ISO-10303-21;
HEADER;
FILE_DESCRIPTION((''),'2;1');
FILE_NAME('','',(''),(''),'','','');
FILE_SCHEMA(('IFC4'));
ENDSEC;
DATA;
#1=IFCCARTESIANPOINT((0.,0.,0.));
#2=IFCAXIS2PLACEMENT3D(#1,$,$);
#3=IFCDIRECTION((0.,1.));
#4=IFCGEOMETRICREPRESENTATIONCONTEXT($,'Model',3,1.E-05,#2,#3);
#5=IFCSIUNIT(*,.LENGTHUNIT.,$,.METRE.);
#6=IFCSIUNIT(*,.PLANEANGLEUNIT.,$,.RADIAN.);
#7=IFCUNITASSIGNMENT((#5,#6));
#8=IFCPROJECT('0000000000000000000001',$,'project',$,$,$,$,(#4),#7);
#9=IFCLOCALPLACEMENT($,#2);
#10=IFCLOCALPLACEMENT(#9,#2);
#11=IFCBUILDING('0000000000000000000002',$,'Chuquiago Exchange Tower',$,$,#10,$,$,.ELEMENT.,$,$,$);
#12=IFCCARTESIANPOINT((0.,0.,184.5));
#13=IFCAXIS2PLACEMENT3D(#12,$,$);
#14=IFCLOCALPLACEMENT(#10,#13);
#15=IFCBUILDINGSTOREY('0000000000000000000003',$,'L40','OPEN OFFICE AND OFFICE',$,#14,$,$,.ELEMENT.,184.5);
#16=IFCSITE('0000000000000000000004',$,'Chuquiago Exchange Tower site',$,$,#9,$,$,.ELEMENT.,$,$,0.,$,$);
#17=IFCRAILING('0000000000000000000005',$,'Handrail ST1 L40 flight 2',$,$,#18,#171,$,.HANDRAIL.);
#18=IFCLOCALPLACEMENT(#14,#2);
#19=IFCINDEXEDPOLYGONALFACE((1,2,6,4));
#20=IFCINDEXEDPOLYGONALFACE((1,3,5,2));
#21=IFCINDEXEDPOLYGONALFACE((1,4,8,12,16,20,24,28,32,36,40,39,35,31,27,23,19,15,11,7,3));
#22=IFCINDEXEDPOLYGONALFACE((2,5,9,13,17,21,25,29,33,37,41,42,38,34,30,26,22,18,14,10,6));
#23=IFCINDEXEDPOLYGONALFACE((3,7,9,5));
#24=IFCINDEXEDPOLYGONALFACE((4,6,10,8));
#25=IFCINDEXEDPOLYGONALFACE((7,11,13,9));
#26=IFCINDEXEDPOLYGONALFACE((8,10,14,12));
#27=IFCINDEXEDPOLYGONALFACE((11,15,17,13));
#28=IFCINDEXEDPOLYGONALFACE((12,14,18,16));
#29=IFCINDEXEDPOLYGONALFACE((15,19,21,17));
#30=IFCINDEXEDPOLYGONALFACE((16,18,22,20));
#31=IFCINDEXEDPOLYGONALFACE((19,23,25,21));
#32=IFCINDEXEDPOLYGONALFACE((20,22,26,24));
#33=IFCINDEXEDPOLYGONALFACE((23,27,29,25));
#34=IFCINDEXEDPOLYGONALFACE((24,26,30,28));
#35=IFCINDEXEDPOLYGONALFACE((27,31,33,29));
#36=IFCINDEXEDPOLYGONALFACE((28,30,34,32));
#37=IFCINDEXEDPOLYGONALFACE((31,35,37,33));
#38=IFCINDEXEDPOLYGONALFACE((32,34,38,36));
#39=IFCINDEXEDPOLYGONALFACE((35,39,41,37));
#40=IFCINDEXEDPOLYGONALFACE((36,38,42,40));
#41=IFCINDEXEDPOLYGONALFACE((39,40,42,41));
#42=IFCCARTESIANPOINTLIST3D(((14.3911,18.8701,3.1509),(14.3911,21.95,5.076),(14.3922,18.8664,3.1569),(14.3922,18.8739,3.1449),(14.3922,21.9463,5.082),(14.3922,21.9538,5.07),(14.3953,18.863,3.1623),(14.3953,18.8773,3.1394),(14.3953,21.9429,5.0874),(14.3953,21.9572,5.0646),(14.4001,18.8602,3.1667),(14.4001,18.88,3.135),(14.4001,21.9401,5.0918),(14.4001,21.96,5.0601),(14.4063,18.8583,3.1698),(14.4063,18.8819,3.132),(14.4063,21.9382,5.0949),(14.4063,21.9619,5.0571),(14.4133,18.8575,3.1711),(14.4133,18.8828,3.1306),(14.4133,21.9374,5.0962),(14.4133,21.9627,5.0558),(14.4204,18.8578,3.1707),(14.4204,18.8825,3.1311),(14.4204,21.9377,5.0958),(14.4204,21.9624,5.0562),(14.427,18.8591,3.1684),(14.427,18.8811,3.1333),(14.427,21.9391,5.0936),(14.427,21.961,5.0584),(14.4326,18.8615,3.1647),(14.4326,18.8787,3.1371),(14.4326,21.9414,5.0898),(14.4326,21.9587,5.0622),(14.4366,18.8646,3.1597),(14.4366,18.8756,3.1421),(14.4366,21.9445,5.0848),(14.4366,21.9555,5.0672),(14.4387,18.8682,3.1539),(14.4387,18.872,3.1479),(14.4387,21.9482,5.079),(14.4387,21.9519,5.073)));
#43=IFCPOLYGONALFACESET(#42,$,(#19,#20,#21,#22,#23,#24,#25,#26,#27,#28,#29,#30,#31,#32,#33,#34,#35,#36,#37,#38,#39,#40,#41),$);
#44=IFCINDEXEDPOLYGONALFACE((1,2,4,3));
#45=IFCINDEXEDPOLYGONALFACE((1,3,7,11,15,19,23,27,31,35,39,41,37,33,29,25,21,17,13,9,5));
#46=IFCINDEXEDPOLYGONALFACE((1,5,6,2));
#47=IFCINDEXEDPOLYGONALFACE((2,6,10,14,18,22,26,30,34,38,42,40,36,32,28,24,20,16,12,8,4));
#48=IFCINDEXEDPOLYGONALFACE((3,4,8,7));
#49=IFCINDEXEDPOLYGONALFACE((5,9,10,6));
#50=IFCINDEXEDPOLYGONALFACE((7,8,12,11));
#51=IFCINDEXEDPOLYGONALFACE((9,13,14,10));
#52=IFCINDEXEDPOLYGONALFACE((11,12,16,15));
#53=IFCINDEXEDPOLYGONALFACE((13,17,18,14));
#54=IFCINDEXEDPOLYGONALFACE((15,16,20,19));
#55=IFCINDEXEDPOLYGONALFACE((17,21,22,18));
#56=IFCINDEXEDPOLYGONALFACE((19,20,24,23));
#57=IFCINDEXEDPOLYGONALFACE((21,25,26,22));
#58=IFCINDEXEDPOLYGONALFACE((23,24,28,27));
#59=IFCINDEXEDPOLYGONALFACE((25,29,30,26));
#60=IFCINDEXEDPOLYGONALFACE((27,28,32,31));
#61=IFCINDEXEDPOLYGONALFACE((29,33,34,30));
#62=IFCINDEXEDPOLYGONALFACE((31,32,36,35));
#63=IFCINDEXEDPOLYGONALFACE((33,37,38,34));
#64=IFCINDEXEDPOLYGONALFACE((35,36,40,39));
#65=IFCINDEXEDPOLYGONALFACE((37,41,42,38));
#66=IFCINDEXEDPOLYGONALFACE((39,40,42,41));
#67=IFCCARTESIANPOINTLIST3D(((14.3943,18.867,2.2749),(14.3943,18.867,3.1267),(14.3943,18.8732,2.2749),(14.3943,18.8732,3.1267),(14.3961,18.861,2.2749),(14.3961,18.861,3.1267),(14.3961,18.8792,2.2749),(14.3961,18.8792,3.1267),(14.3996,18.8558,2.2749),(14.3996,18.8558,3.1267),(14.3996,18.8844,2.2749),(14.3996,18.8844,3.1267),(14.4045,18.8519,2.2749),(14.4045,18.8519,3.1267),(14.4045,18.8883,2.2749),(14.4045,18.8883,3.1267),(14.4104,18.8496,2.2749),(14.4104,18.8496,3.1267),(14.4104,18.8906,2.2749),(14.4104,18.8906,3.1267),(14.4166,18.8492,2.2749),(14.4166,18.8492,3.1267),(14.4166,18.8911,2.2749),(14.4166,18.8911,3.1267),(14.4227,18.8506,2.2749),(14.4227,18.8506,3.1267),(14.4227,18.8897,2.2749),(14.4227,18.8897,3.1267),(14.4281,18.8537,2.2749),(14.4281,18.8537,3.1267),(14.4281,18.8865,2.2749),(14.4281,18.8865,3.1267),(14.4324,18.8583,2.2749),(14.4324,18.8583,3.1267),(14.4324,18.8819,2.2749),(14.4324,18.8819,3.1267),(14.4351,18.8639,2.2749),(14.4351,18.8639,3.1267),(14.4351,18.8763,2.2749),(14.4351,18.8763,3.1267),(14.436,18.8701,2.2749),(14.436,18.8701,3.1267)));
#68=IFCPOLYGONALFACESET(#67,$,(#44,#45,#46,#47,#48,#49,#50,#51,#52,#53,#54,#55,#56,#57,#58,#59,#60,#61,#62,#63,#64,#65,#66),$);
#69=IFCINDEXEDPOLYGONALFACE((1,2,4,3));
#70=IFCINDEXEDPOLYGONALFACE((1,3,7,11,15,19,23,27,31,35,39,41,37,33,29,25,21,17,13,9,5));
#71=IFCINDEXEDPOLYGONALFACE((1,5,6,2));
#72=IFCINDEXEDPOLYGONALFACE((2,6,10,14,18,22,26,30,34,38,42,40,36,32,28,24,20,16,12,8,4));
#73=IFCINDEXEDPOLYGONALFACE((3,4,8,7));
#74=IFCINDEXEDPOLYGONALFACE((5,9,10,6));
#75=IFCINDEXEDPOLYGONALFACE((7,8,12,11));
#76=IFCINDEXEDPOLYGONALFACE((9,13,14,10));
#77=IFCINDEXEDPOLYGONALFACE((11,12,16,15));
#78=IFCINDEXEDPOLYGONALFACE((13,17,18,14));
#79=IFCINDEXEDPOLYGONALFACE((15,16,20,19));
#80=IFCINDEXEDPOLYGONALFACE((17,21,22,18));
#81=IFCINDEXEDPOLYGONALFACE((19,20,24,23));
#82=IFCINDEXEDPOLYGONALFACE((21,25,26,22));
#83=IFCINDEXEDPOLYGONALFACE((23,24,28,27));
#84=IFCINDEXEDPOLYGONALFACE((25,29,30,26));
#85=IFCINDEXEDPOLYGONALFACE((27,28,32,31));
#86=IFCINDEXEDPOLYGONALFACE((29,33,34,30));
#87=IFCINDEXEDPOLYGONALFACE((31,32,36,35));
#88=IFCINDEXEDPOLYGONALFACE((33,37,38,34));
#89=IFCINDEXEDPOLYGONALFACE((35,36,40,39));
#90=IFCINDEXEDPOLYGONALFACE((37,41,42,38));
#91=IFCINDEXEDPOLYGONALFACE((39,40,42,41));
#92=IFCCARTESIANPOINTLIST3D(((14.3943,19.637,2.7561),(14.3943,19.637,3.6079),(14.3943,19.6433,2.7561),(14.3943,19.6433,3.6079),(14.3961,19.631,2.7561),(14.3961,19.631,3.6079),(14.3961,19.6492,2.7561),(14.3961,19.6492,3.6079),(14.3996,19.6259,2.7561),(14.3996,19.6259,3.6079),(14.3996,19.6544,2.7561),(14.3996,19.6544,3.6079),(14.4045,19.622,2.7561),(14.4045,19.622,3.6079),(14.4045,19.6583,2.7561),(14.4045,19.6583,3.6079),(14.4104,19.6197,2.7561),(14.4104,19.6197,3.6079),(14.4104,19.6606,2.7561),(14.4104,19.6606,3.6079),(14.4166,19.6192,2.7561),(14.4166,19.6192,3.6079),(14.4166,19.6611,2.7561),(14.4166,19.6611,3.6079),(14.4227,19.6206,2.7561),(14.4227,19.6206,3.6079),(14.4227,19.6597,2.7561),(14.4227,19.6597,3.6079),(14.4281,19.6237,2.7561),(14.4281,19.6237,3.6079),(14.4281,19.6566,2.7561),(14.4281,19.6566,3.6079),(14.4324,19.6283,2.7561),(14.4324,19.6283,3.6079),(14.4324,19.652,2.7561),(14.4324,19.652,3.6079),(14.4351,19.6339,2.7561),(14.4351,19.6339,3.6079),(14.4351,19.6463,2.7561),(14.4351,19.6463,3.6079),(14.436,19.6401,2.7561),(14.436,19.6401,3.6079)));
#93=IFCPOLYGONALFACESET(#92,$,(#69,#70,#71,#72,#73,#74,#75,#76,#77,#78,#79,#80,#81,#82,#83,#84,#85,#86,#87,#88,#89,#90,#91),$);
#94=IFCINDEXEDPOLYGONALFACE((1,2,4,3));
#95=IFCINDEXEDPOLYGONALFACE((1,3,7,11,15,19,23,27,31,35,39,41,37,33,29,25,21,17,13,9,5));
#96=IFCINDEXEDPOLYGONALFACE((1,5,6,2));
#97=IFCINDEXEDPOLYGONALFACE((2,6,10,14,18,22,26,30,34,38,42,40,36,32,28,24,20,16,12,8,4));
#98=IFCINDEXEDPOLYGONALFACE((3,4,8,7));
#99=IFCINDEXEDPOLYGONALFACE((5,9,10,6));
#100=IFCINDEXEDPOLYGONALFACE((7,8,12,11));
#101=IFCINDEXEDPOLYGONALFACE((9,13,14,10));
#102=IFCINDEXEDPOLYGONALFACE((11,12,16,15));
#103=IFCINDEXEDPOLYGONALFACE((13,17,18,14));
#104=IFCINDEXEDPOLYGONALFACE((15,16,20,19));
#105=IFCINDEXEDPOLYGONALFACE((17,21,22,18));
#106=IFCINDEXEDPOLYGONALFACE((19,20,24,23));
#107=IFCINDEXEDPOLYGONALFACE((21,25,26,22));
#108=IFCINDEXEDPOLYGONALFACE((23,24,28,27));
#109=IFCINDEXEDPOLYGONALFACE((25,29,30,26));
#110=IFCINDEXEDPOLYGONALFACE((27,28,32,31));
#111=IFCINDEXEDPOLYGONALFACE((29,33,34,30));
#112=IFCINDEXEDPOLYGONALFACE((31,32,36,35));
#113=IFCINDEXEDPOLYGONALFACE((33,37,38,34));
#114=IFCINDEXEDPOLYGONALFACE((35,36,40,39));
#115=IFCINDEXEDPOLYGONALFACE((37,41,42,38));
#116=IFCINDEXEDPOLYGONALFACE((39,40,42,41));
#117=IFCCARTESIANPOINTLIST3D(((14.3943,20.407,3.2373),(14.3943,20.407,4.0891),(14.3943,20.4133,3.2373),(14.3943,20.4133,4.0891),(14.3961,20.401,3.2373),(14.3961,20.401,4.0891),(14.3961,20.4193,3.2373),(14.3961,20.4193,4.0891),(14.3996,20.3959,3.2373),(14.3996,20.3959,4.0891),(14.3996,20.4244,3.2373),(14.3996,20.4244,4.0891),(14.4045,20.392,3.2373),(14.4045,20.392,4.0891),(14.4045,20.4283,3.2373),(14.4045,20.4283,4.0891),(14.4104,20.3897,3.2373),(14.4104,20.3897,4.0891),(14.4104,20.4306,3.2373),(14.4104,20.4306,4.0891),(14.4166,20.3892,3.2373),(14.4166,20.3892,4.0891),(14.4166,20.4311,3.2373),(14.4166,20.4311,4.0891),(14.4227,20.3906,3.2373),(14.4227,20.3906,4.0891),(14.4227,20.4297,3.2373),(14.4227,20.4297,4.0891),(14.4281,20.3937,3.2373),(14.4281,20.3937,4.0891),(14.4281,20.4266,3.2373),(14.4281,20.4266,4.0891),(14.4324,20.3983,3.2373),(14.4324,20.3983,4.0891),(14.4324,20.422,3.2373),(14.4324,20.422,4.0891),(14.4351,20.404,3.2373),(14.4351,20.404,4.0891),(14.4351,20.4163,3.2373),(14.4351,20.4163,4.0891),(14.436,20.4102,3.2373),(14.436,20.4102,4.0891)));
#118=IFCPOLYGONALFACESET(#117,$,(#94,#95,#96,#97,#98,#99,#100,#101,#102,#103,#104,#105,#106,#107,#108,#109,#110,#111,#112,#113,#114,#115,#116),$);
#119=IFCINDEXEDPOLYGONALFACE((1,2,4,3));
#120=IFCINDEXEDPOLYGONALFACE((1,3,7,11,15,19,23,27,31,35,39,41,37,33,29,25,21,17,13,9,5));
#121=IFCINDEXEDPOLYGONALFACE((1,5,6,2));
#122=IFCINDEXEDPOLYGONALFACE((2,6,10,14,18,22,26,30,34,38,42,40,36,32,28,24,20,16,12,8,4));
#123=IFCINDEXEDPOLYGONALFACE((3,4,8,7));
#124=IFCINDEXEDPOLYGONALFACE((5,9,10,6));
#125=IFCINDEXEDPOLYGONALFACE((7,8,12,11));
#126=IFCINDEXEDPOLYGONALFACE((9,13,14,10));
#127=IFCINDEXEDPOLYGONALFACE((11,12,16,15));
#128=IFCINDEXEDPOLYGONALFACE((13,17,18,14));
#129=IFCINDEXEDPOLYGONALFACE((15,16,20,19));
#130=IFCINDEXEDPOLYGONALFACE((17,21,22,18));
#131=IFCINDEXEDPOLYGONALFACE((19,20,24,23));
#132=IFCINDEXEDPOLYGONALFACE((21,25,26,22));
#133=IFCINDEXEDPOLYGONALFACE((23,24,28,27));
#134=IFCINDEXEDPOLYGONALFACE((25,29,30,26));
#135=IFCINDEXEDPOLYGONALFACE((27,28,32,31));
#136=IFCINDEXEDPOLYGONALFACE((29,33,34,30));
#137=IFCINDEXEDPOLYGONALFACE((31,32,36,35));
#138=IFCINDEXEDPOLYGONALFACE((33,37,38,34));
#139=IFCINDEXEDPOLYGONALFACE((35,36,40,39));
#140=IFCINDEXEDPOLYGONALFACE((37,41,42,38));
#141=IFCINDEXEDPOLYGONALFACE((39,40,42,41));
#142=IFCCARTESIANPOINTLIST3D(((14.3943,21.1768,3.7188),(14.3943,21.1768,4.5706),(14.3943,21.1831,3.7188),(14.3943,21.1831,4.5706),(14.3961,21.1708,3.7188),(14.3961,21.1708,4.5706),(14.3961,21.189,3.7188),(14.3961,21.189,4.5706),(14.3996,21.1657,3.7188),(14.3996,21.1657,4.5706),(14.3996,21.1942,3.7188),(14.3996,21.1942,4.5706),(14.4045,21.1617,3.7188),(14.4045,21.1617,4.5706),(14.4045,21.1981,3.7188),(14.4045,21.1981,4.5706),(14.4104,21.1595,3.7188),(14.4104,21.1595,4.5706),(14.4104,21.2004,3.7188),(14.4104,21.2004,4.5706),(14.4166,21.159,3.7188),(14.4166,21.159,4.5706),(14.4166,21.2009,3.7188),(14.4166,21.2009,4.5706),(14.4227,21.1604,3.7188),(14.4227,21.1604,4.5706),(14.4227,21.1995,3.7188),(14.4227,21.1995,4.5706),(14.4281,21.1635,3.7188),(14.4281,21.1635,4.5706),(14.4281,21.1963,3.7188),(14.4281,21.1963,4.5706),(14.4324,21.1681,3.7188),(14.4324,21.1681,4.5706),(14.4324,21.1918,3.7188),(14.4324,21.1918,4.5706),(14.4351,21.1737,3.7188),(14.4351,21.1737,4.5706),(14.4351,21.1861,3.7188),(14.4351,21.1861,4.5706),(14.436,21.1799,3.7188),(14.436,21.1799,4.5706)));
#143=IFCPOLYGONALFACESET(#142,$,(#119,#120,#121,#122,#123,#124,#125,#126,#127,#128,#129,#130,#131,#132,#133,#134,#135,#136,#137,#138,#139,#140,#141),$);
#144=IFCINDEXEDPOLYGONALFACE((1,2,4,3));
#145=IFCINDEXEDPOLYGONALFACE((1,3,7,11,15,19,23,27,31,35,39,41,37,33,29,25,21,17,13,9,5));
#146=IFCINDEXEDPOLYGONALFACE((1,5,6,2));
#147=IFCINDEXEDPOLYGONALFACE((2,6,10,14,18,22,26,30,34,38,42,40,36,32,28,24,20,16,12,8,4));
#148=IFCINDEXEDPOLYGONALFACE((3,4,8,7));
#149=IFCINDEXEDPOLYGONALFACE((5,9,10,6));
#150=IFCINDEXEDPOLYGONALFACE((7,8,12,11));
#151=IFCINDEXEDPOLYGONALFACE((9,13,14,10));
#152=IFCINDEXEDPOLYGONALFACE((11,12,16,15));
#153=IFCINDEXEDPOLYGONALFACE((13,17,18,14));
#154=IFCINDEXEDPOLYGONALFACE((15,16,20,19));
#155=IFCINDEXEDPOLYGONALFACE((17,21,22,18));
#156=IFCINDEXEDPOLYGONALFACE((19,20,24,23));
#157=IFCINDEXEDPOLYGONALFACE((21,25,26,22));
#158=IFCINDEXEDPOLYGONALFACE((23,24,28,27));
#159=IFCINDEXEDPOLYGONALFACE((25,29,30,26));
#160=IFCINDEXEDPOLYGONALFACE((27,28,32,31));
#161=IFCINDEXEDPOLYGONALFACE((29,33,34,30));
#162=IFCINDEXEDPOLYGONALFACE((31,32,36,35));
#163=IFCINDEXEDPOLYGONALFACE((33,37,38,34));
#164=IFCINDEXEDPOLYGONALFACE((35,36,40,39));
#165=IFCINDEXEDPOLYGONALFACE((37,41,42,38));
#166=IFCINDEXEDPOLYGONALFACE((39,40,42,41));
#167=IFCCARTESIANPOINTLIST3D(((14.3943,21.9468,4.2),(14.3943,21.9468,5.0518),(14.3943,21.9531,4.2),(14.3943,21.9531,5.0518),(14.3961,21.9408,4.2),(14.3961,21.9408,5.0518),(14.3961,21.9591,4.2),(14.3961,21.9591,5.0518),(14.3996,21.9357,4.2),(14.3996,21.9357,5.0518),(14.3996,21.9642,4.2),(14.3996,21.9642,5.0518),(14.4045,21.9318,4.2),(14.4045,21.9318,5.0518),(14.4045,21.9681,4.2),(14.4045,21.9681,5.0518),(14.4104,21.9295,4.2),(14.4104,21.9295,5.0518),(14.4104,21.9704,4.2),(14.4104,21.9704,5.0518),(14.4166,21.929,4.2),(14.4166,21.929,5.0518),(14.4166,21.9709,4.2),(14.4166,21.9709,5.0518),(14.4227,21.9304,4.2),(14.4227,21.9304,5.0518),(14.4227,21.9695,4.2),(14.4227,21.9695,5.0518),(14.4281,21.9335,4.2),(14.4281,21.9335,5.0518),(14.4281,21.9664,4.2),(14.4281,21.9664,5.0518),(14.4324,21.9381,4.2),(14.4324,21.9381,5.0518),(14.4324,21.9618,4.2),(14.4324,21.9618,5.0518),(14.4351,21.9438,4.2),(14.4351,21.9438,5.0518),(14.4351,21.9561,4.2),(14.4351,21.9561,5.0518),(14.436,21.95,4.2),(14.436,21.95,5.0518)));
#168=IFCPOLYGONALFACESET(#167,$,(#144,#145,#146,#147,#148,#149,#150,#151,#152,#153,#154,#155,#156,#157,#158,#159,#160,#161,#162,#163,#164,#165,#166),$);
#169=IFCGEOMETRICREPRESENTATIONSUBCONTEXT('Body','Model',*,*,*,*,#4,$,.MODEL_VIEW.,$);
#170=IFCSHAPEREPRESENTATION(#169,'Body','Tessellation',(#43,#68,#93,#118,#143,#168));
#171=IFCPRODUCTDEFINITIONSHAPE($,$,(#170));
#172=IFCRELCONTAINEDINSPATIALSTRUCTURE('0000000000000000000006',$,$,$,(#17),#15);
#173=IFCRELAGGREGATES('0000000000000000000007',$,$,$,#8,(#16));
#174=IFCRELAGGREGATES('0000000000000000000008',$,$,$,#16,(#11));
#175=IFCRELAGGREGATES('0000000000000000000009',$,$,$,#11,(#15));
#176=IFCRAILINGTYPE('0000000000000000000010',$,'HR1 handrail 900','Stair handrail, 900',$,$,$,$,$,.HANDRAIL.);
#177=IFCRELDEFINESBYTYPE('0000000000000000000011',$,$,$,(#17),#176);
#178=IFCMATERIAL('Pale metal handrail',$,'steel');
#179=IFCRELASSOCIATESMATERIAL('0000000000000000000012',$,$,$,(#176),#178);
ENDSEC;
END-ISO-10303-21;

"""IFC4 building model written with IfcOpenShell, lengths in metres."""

from ifc_helpers import new_model, si_unit, direction, frame, origin, origin_2d, place, context, subcontext, project, spatial, circle, extrude, material, type_object, element, save


model = new_model("IFC4")

# Units and contexts
model_context = context("Model", 3, precision=1e-05, world=origin(), true_north=direction((0.0, 1.0)))
body_context = subcontext(model_context, "Body", "Model", "MODEL_VIEW")
ifc_project = project(units=[si_unit("LENGTHUNIT", "METRE"), si_unit("PLANEANGLEUNIT", "RADIAN")], contexts=[model_context])

# Site, building, storey
site_placement = place(None, origin())
site = spatial("IfcSite", under=ifc_project, at=site_placement, Name="Chuquiago Exchange Tower site", CompositionType="ELEMENT", RefElevation=0.0)
building_placement = place(site_placement, origin())
building = spatial("IfcBuilding", under=site, at=building_placement, Name="Chuquiago Exchange Tower", CompositionType="ELEMENT")
storey_placement = place(building_placement, frame((0.0, 0.0, 184.5)))
storey = spatial("IfcBuildingStorey", under=building, at=storey_placement, Name="L40", Description="OPEN OFFICE AND OFFICE", CompositionType="ELEMENT", Elevation=184.5)

# Railing
ifc_material_1 = material(Name="Pale metal handrail", Category="steel")
railing_type_1 = type_object("IfcRailingType", Name="HR1 handrail 900", Description="Stair handrail, 900", PredefinedType="HANDRAIL", material=ifc_material_1)
for number, where, name in (
    (1, (14.415, 18.8701, 2.2749), "Handrail ST1 L40 flight 2"),
):
    element("IfcRailing", number, at=place(storey_placement, frame(where)), inside=storey, type_object=railing_type_1, Name=name, PredefinedType="HANDRAIL", context=body_context, shape_type="SweptSolid", body=[
        extrude(circle(Radius=0.0239, at=origin_2d()), frame((0.0, 0.0, 0.876), z_axis=(0.0, 0.847979, 0.530029), x_axis=(-1.0, 0.0, 0.0)), (0.0, 0.0, 1.0), 3.6321),
        extrude(circle(Radius=0.021, at=origin_2d()), origin(), (0.0, 0.0, 1.0), 0.8518),
        extrude(circle(Radius=0.021, at=origin_2d()), frame((0.0, 0.77, 0.4812)), (0.0, 0.0, 1.0), 0.8518),
        extrude(circle(Radius=0.021, at=origin_2d()), frame((0.0, 1.54, 0.9624)), (0.0, 0.0, 1.0), 0.8518),
        extrude(circle(Radius=0.021, at=origin_2d()), frame((0.0, 2.3098, 1.4438)), (0.0, 0.0, 1.0), 0.8518),
        extrude(circle(Radius=0.021, at=origin_2d()), frame((0.0, 3.0798, 1.925)), (0.0, 0.0, 1.0), 0.8518),
    ])

save(model, "model.ifc")
